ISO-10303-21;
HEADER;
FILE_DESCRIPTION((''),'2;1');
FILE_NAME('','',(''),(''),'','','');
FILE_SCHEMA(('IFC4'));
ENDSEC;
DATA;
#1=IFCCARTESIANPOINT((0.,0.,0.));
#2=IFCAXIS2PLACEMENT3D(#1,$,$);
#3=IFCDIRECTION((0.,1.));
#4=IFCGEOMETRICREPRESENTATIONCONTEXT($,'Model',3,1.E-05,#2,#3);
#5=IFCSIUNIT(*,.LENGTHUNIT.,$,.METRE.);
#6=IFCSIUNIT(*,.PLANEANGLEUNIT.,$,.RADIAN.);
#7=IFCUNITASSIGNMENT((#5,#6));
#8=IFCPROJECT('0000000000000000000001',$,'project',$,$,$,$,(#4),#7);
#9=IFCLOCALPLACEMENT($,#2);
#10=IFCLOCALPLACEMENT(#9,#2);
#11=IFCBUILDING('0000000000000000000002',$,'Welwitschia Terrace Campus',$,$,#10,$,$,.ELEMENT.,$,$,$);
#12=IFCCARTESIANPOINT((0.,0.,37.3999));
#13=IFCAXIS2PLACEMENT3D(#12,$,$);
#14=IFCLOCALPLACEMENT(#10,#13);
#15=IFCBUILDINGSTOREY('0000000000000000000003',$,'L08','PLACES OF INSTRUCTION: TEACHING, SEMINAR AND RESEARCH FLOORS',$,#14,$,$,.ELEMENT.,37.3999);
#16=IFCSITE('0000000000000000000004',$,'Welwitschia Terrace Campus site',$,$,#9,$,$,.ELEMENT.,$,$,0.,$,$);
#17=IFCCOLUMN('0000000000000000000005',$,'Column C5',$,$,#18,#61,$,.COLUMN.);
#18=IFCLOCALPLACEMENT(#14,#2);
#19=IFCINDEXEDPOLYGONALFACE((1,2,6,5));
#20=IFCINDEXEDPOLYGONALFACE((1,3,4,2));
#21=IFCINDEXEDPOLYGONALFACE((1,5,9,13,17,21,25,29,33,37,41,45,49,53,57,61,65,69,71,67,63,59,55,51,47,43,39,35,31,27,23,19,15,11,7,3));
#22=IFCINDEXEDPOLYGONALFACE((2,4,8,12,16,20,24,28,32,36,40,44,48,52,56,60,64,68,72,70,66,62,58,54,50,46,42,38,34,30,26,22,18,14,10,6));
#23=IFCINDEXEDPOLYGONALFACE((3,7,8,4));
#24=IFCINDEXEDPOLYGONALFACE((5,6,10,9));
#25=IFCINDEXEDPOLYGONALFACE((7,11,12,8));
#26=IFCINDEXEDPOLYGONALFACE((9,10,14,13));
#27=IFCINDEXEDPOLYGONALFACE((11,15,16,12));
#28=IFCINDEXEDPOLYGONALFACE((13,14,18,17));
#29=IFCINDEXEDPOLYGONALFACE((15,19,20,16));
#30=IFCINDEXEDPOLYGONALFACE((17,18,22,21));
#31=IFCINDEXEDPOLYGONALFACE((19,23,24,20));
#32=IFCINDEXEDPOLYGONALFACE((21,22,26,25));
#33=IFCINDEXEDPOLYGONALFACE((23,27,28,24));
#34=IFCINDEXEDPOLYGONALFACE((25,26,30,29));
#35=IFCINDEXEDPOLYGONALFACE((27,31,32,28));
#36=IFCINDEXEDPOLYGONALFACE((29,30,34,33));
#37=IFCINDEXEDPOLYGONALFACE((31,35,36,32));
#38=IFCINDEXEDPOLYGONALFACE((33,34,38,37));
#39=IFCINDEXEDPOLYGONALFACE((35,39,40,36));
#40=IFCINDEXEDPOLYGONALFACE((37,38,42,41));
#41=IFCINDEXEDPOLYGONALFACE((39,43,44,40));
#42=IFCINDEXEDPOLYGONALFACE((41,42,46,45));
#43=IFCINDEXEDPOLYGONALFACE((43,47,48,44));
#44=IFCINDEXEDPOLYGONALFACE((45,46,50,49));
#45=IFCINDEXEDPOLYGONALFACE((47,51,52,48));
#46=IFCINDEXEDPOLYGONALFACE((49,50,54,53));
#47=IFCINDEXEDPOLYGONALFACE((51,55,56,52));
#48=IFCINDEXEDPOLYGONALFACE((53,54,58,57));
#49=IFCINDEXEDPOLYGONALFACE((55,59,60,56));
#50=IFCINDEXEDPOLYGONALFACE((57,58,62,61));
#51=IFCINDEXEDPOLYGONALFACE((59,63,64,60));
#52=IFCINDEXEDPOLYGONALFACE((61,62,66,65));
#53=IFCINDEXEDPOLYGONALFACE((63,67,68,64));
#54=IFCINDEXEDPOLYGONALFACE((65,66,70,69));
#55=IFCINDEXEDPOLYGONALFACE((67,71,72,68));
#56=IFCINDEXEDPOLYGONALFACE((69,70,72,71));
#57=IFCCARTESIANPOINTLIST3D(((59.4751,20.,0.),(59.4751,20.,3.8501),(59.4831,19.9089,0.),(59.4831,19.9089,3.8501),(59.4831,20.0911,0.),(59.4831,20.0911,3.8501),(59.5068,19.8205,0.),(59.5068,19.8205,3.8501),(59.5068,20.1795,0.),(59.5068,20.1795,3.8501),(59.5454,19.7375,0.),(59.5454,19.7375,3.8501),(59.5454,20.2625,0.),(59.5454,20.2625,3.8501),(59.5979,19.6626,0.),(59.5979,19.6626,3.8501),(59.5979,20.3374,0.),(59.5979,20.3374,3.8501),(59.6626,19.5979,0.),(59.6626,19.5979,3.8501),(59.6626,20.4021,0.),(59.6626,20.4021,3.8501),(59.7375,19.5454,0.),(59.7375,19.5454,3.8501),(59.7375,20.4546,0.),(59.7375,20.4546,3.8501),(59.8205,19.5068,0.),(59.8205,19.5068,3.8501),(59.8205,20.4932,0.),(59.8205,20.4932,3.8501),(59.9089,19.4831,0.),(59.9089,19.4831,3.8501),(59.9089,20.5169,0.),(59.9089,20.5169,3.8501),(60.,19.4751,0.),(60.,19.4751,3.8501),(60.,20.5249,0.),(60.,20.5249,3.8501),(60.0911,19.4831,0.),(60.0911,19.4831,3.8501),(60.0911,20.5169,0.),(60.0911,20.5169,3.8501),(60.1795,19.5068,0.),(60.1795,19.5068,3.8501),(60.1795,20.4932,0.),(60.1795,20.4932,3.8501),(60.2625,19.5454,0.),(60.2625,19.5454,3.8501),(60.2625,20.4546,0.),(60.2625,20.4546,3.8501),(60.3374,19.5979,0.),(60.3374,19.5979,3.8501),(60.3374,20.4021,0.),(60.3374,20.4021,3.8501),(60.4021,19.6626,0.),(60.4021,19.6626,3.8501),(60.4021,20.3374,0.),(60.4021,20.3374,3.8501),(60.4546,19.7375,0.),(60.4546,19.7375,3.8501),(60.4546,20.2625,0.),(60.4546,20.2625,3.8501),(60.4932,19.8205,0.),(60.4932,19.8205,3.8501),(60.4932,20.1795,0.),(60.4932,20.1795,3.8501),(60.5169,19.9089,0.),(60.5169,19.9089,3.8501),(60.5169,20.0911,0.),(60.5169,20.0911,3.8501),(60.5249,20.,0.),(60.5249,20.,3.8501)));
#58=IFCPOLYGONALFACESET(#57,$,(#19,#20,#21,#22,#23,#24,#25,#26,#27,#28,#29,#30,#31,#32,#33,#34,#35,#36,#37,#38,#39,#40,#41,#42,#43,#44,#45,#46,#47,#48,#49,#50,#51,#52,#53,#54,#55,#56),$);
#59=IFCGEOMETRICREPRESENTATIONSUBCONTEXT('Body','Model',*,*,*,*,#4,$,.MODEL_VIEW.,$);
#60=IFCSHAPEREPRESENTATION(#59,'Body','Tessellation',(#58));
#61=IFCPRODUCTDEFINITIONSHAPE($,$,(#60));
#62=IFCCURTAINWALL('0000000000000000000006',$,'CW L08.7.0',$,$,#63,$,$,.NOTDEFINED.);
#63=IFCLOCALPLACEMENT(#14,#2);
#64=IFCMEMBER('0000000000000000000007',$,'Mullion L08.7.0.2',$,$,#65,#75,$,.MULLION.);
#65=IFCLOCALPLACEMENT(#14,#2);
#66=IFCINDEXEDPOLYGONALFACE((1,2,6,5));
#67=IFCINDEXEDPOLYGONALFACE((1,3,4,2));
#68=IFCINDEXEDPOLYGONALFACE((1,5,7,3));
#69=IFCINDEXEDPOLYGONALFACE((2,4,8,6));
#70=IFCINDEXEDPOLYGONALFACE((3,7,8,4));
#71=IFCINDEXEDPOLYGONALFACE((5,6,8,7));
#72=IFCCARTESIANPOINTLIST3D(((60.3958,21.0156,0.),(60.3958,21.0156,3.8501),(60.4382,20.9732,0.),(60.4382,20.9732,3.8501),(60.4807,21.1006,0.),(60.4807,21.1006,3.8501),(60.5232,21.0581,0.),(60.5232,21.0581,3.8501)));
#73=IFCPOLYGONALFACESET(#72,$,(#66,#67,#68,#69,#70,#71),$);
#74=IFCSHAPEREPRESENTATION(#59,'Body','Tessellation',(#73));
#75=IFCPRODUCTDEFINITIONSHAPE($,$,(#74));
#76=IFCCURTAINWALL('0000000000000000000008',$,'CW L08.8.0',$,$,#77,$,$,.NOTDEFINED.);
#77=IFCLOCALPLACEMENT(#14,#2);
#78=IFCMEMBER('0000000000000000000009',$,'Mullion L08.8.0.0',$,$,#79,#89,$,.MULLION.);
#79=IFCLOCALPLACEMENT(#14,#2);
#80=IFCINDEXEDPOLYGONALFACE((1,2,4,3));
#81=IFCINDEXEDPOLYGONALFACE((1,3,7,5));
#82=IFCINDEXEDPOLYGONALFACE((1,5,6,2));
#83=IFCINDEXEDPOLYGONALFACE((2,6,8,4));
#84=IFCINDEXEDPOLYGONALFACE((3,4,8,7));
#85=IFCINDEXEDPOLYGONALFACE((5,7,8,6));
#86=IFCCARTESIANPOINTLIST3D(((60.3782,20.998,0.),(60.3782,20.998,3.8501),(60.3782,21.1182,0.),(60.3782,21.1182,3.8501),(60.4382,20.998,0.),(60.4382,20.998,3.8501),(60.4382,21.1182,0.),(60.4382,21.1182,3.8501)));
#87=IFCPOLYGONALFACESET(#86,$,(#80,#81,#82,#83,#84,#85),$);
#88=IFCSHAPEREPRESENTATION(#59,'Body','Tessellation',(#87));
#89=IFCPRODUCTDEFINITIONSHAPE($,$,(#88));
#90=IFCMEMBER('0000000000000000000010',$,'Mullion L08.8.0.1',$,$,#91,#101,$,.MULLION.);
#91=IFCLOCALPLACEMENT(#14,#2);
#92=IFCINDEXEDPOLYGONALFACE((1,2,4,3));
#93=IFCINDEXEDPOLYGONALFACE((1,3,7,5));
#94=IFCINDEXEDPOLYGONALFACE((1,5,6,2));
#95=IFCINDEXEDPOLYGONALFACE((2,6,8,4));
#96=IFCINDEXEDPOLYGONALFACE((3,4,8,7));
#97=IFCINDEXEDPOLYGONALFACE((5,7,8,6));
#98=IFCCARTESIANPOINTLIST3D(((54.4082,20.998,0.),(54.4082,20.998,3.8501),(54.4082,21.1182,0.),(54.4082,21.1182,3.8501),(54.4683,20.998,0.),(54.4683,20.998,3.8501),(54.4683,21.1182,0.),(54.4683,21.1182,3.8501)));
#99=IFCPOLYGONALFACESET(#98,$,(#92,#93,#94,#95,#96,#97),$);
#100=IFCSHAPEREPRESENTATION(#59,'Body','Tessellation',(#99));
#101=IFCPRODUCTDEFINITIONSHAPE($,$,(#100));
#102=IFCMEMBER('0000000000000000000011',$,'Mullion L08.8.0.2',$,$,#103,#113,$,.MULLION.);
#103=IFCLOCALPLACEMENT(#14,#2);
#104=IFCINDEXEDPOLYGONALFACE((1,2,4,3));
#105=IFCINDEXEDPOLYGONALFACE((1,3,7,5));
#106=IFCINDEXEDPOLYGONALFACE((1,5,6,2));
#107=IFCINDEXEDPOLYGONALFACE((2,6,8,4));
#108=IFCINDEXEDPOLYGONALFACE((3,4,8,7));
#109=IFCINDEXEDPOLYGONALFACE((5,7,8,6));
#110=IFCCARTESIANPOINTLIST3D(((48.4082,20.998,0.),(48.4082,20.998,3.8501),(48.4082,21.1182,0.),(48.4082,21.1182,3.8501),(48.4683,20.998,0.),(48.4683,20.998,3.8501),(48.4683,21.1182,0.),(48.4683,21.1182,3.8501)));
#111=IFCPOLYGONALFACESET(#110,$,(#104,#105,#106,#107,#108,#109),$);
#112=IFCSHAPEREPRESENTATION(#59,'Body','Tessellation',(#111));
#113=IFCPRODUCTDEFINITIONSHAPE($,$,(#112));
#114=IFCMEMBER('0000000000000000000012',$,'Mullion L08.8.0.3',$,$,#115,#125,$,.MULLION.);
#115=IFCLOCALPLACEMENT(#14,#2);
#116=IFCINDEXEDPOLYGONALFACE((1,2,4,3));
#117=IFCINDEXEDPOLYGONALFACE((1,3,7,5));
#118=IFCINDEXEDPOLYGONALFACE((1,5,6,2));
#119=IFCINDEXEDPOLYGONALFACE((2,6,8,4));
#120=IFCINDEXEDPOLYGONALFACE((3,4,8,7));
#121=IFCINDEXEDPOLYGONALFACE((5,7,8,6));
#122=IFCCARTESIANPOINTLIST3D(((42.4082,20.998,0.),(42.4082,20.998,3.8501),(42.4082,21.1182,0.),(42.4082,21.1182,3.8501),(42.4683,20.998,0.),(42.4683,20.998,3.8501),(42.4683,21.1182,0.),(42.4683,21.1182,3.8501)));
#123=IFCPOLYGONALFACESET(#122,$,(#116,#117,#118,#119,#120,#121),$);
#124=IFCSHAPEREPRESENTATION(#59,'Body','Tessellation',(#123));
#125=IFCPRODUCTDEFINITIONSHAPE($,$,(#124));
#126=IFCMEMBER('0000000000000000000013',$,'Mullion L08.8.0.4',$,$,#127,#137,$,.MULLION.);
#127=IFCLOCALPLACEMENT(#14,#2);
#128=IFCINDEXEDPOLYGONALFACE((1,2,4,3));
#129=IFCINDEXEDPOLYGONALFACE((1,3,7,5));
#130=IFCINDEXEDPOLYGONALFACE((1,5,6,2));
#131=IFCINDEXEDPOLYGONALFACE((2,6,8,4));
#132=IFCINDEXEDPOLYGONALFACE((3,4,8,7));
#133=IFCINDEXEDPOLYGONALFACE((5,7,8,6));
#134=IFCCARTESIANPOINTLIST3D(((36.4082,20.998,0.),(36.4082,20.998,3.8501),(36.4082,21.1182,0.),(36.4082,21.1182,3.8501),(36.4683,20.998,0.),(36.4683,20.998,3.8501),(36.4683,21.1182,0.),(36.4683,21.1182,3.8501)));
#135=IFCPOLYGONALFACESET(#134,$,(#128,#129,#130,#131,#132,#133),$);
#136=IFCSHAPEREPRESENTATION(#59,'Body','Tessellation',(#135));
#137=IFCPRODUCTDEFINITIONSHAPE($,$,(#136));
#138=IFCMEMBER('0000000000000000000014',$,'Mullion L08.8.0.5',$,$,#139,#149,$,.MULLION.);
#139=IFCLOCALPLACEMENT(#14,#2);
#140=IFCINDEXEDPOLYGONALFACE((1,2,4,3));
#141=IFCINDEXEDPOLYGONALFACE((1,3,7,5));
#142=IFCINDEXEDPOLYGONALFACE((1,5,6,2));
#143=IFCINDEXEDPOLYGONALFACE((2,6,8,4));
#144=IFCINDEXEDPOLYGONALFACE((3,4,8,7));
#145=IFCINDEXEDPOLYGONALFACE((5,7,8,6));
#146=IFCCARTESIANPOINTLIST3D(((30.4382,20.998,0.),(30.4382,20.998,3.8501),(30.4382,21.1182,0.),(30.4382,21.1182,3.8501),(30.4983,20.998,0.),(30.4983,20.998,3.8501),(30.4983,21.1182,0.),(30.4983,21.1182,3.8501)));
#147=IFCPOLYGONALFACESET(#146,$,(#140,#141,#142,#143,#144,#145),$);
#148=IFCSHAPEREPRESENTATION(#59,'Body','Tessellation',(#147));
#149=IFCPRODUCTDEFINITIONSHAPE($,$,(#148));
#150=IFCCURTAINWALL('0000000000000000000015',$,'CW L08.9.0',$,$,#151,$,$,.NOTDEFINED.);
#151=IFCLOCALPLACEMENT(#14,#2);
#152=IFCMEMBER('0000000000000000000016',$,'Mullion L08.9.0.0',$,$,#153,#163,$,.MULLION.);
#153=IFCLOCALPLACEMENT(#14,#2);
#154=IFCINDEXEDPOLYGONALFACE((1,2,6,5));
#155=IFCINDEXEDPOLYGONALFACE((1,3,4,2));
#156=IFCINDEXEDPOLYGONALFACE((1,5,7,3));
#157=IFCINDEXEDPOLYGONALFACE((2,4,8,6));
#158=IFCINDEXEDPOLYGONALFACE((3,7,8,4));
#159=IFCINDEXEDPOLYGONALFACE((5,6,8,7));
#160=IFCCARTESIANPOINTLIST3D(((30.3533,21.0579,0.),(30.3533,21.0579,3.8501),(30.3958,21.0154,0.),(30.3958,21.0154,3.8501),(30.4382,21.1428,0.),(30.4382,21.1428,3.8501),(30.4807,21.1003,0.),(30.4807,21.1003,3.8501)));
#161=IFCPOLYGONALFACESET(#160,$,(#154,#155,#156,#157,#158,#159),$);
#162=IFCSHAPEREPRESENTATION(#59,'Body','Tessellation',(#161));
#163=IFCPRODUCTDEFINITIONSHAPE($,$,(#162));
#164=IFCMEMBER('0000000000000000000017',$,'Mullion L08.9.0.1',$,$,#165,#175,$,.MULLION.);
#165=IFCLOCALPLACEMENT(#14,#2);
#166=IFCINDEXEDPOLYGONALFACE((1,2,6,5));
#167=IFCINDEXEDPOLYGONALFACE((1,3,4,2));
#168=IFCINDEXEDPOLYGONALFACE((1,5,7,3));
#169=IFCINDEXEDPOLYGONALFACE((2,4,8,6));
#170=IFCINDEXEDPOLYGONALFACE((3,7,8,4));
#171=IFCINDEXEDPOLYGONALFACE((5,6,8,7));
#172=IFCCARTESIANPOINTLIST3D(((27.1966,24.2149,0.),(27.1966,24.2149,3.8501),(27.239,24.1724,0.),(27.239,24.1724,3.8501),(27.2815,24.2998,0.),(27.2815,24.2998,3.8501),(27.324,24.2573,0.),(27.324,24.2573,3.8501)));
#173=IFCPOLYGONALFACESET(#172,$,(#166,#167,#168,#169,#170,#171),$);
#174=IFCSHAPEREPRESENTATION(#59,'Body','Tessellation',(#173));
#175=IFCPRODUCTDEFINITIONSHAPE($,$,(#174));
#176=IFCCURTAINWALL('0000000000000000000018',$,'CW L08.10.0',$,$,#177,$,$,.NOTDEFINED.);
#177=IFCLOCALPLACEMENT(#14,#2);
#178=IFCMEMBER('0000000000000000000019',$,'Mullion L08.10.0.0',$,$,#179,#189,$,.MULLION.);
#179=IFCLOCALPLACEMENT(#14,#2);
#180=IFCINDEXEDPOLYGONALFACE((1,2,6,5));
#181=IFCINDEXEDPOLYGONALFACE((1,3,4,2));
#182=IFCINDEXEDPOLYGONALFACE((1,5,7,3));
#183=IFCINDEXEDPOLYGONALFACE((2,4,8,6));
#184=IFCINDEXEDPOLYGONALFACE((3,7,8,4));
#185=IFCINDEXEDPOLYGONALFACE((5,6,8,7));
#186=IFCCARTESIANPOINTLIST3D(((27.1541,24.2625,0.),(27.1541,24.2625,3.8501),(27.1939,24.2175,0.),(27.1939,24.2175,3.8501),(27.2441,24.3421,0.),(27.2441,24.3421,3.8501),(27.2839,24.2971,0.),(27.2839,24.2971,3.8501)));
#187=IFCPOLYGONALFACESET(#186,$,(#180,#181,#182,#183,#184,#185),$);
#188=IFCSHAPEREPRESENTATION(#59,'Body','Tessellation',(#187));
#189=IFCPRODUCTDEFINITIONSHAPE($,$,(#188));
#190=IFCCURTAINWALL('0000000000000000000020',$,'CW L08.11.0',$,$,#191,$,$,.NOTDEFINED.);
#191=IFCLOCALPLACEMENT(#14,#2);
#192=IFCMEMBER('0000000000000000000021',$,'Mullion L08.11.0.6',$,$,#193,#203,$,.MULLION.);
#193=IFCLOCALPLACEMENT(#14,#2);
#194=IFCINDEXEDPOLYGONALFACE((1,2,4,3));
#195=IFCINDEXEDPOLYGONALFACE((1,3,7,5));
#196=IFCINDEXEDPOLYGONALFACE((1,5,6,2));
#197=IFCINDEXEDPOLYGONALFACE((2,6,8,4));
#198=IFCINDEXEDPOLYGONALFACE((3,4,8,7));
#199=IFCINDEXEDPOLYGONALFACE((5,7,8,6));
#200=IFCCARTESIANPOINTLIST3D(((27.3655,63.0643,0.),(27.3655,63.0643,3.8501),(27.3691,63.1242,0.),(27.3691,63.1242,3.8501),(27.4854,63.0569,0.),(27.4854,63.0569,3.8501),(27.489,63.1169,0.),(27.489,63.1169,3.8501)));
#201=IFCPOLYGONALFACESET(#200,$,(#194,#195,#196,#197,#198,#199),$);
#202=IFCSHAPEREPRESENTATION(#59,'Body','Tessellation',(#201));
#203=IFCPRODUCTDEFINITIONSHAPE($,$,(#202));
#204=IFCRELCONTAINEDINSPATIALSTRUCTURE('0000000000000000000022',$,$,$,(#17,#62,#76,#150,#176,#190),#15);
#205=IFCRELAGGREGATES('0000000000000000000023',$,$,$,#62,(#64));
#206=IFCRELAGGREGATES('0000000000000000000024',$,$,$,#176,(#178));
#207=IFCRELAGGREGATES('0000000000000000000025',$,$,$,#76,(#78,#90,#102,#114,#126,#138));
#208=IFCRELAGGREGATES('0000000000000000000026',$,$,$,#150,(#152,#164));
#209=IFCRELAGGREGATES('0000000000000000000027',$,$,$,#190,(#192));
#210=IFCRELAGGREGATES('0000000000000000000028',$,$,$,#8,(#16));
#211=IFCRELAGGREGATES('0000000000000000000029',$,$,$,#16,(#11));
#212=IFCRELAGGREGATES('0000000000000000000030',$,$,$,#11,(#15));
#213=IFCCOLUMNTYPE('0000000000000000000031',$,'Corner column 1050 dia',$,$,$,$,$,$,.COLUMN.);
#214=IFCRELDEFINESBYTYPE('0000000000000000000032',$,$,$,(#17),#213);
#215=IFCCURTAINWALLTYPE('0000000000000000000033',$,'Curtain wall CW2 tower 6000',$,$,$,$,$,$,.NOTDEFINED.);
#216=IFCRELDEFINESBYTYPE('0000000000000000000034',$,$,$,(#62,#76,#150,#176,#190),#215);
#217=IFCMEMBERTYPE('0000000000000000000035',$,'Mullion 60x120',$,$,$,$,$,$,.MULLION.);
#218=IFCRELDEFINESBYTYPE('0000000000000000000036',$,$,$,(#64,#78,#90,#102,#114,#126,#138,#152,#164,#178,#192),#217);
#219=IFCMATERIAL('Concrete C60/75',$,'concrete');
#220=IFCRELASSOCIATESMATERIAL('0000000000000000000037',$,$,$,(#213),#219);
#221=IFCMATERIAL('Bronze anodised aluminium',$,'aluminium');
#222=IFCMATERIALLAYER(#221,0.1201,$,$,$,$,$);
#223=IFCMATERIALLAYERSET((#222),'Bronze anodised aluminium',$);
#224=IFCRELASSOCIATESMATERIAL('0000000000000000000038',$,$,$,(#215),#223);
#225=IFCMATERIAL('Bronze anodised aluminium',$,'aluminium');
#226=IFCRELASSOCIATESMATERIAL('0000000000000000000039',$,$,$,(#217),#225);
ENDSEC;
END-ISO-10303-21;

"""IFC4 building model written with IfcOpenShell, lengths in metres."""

from ifc_helpers import new_model, si_unit, direction, frame, origin, origin_2d, place, context, subcontext, project, spatial, rectangle, circle, extrude, material, layer, layer_set, material_profile, profile_set, type_object, element, aggregate, save


model = new_model("IFC4")

# Units and contexts
model_context = context("Model", 3, precision=1e-05, world=origin(), true_north=direction((0.0, 1.0)))
body_context = subcontext(model_context, "Body", "Model", "MODEL_VIEW")
ifc_project = project(units=[si_unit("LENGTHUNIT", "METRE"), si_unit("PLANEANGLEUNIT", "RADIAN")], contexts=[model_context])

# Site, building, storey
site_placement = place(None, origin())
site = spatial("IfcSite", under=ifc_project, at=site_placement, Name="Welwitschia Terrace Campus site", CompositionType="ELEMENT", RefElevation=0.0)
building_placement = place(site_placement, origin())
building = spatial("IfcBuilding", under=site, at=building_placement, Name="Welwitschia Terrace Campus", CompositionType="ELEMENT")
storey_placement = place(building_placement, frame((0.0, 0.0, 37.3999)))
storey = spatial("IfcBuildingStorey", under=building, at=storey_placement, Name="L08", Description="PLACES OF INSTRUCTION: TEACHING, SEMINAR AND RESEARCH FLOORS", CompositionType="ELEMENT", Elevation=37.3999)

# Column
ifc_material_1 = material(Name="Concrete C60/75", Category="concrete")
ifc_material_profile_1 = material_profile(ifc_material_1, circle(Radius=0.5249, at=origin_2d()))
ifc_profile_set_1 = profile_set([ifc_material_profile_1], Name="Concrete C60/75")
column_type = type_object("IfcColumnType", Name="Corner column 1050 dia", PredefinedType="COLUMN", material=ifc_profile_set_1)
column_placement = place(storey_placement, frame((60.0, 20.0, 0.0), z_axis=(0.0, 0.0, 1.0), x_axis=(1.0, 0.0, 0.0)))
element("IfcColumn", 1, at=column_placement, inside=storey, type_object=column_type, Name="Column C5", PredefinedType="COLUMN", context=body_context, shape_type="SweptSolid", body=[
    extrude(circle(Radius=0.5249, at=origin_2d()), origin(), (0.0, 0.0, 1.0), 3.8501),
])

# Curtain wall, member
ifc_material_2 = material(Name="Bronze anodised aluminium", Category="aluminium")
ifc_layer_1 = layer(ifc_material_2, 0.1201)
ifc_layer_set_1 = layer_set([ifc_layer_1], Name="Bronze anodised aluminium")
curtain_wall_type = type_object("IfcCurtainWallType", Name="Curtain wall CW2 tower 6000", PredefinedType="NOTDEFINED", material=ifc_layer_set_1)
curtain_wall_1_placement = place(storey_placement, origin())
curtain_wall_1 = element("IfcCurtainWall", 2, at=curtain_wall_1_placement, inside=storey, type_object=curtain_wall_type, Name="CW L08.7.0", PredefinedType="NOTDEFINED")
ifc_material_3 = material(Name="Bronze anodised aluminium", Category="aluminium")
ifc_material_profile_2 = material_profile(ifc_material_3, rectangle(XDim=0.1201, YDim=0.0601, at=origin_2d()))
ifc_profile_set_2 = profile_set([ifc_material_profile_2], Name="Bronze anodised aluminium")
member_type_1 = type_object("IfcMemberType", Name="Mullion 60x120", PredefinedType="MULLION", material=ifc_profile_set_2)
member_1_placement = place(storey_placement, frame((60.4595, 21.0369, 0.0), z_axis=(0.0, 0.0, 1.0), x_axis=(-0.707107, -0.707107, 0.0)))
member_1 = element("IfcMember", 3, at=member_1_placement, type_object=member_type_1, Name="Mullion L08.7.0.2", PredefinedType="MULLION", context=body_context, shape_type="SweptSolid", body=[
    extrude(rectangle(XDim=0.1201, YDim=0.0601, at=origin_2d()), origin(), (0.0, 0.0, 1.0), 3.8501),
])
aggregate(curtain_wall_1, [member_1])

# Curtain walls, members
curtain_wall_2_placement = place(storey_placement, origin())
curtain_wall_2 = element("IfcCurtainWall", 4, at=curtain_wall_2_placement, inside=storey, type_object=curtain_wall_type, Name="CW L08.8.0", PredefinedType="NOTDEFINED")
member_2_placement = place(storey_placement, frame((60.4082, 21.0581, 0.0), z_axis=(0.0, 0.0, 1.0), x_axis=(0.0, -1.0, 0.0)))
member_2 = element("IfcMember", 5, at=member_2_placement, type_object=member_type_1, Name="Mullion L08.8.0.0", PredefinedType="MULLION", context=body_context, shape_type="SweptSolid", body=[
    extrude(rectangle(XDim=0.1201, YDim=0.0601, at=origin_2d()), origin(), (0.0, 0.0, 1.0), 3.8501),
])
member_3_placement = place(storey_placement, frame((54.4382, 21.0581, 0.0), z_axis=(0.0, 0.0, 1.0), x_axis=(0.0, -1.0, 0.0)))
member_3 = element("IfcMember", 6, at=member_3_placement, type_object=member_type_1, Name="Mullion L08.8.0.1", PredefinedType="MULLION", context=body_context, shape_type="SweptSolid", body=[
    extrude(rectangle(XDim=0.1201, YDim=0.0601, at=origin_2d()), origin(), (0.0, 0.0, 1.0), 3.8501),
])
member_4_placement = place(storey_placement, frame((48.4382, 21.0581, 0.0), z_axis=(0.0, 0.0, 1.0), x_axis=(0.0, -1.0, 0.0)))
member_4 = element("IfcMember", 7, at=member_4_placement, type_object=member_type_1, Name="Mullion L08.8.0.2", PredefinedType="MULLION", context=body_context, shape_type="SweptSolid", body=[
    extrude(rectangle(XDim=0.1201, YDim=0.0601, at=origin_2d()), origin(), (0.0, 0.0, 1.0), 3.8501),
])
member_5_placement = place(storey_placement, frame((42.4382, 21.0581, 0.0), z_axis=(0.0, 0.0, 1.0), x_axis=(0.0, -1.0, 0.0)))
member_5 = element("IfcMember", 8, at=member_5_placement, type_object=member_type_1, Name="Mullion L08.8.0.3", PredefinedType="MULLION", context=body_context, shape_type="SweptSolid", body=[
    extrude(rectangle(XDim=0.1201, YDim=0.0601, at=origin_2d()), origin(), (0.0, 0.0, 1.0), 3.8501),
])
member_6_placement = place(storey_placement, frame((36.4382, 21.0581, 0.0), z_axis=(0.0, 0.0, 1.0), x_axis=(0.0, -1.0, 0.0)))
member_6 = element("IfcMember", 9, at=member_6_placement, type_object=member_type_1, Name="Mullion L08.8.0.4", PredefinedType="MULLION", context=body_context, shape_type="SweptSolid", body=[
    extrude(rectangle(XDim=0.1201, YDim=0.0601, at=origin_2d()), origin(), (0.0, 0.0, 1.0), 3.8501),
])
member_7_placement = place(storey_placement, frame((30.4683, 21.0581, 0.0), z_axis=(0.0, 0.0, 1.0), x_axis=(0.0, -1.0, 0.0)))
member_7 = element("IfcMember", 10, at=member_7_placement, type_object=member_type_1, Name="Mullion L08.8.0.5", PredefinedType="MULLION", context=body_context, shape_type="SweptSolid", body=[
    extrude(rectangle(XDim=0.1201, YDim=0.0601, at=origin_2d()), origin(), (0.0, 0.0, 1.0), 3.8501),
])
curtain_wall_3_placement = place(storey_placement, origin())
curtain_wall_3 = element("IfcCurtainWall", 11, at=curtain_wall_3_placement, inside=storey, type_object=curtain_wall_type, Name="CW L08.9.0", PredefinedType="NOTDEFINED")
member_8_placement = place(storey_placement, frame((30.417, 21.0791, 0.0), z_axis=(0.0, 0.0, 1.0), x_axis=(-0.707107, -0.707107, 0.0)))
member_8 = element("IfcMember", 12, at=member_8_placement, type_object=member_type_1, Name="Mullion L08.9.0.0", PredefinedType="MULLION", context=body_context, shape_type="SweptSolid", body=[
    extrude(rectangle(XDim=0.1201, YDim=0.0601, at=origin_2d()), origin(), (0.0, 0.0, 1.0), 3.8501),
])
member_9_placement = place(storey_placement, frame((27.2603, 24.2361, 0.0), z_axis=(0.0, 0.0, 1.0), x_axis=(-0.707107, -0.707107, 0.0)))
member_9 = element("IfcMember", 13, at=member_9_placement, type_object=member_type_1, Name="Mullion L08.9.0.1", PredefinedType="MULLION", context=body_context, shape_type="SweptSolid", body=[
    extrude(rectangle(XDim=0.1201, YDim=0.0601, at=origin_2d()), origin(), (0.0, 0.0, 1.0), 3.8501),
])

# Curtain walls, members
curtain_wall_4_placement = place(storey_placement, origin())
curtain_wall_4 = element("IfcCurtainWall", 14, at=curtain_wall_4_placement, inside=storey, type_object=curtain_wall_type, Name="CW L08.10.0", PredefinedType="NOTDEFINED")
member_10_placement = place(storey_placement, frame((27.219, 24.2798, 0.0), z_axis=(0.0, 0.0, 1.0), x_axis=(-0.748956, -0.66262, 0.0)))
member_10 = element("IfcMember", 15, at=member_10_placement, type_object=member_type_1, Name="Mullion L08.10.0.0", PredefinedType="MULLION", context=body_context, shape_type="SweptSolid", body=[
    extrude(rectangle(XDim=0.1201, YDim=0.0601, at=origin_2d()), origin(), (0.0, 0.0, 1.0), 3.8501),
])
aggregate(curtain_wall_4, [member_10])
curtain_wall_5_placement = place(storey_placement, origin())
curtain_wall_5 = element("IfcCurtainWall", 16, at=curtain_wall_5_placement, inside=storey, type_object=curtain_wall_type, Name="CW L08.11.0", PredefinedType="NOTDEFINED")
member_11_placement = place(storey_placement, frame((27.4272, 63.0906, 0.0), z_axis=(0.0, 0.0, 1.0), x_axis=(-0.998135, 0.061049, 0.0)))
member_11 = element("IfcMember", 17, at=member_11_placement, type_object=member_type_1, Name="Mullion L08.11.0.6", PredefinedType="MULLION", context=body_context, shape_type="SweptSolid", body=[
    extrude(rectangle(XDim=0.1201, YDim=0.0601, at=origin_2d()), origin(), (0.0, 0.0, 1.0), 3.8501),
])

aggregate(curtain_wall_2, [member_2, member_3, member_4, member_5, member_6, member_7])
aggregate(curtain_wall_3, [member_8, member_9])
aggregate(curtain_wall_5, [member_11])

save(model, "model.ifc")
